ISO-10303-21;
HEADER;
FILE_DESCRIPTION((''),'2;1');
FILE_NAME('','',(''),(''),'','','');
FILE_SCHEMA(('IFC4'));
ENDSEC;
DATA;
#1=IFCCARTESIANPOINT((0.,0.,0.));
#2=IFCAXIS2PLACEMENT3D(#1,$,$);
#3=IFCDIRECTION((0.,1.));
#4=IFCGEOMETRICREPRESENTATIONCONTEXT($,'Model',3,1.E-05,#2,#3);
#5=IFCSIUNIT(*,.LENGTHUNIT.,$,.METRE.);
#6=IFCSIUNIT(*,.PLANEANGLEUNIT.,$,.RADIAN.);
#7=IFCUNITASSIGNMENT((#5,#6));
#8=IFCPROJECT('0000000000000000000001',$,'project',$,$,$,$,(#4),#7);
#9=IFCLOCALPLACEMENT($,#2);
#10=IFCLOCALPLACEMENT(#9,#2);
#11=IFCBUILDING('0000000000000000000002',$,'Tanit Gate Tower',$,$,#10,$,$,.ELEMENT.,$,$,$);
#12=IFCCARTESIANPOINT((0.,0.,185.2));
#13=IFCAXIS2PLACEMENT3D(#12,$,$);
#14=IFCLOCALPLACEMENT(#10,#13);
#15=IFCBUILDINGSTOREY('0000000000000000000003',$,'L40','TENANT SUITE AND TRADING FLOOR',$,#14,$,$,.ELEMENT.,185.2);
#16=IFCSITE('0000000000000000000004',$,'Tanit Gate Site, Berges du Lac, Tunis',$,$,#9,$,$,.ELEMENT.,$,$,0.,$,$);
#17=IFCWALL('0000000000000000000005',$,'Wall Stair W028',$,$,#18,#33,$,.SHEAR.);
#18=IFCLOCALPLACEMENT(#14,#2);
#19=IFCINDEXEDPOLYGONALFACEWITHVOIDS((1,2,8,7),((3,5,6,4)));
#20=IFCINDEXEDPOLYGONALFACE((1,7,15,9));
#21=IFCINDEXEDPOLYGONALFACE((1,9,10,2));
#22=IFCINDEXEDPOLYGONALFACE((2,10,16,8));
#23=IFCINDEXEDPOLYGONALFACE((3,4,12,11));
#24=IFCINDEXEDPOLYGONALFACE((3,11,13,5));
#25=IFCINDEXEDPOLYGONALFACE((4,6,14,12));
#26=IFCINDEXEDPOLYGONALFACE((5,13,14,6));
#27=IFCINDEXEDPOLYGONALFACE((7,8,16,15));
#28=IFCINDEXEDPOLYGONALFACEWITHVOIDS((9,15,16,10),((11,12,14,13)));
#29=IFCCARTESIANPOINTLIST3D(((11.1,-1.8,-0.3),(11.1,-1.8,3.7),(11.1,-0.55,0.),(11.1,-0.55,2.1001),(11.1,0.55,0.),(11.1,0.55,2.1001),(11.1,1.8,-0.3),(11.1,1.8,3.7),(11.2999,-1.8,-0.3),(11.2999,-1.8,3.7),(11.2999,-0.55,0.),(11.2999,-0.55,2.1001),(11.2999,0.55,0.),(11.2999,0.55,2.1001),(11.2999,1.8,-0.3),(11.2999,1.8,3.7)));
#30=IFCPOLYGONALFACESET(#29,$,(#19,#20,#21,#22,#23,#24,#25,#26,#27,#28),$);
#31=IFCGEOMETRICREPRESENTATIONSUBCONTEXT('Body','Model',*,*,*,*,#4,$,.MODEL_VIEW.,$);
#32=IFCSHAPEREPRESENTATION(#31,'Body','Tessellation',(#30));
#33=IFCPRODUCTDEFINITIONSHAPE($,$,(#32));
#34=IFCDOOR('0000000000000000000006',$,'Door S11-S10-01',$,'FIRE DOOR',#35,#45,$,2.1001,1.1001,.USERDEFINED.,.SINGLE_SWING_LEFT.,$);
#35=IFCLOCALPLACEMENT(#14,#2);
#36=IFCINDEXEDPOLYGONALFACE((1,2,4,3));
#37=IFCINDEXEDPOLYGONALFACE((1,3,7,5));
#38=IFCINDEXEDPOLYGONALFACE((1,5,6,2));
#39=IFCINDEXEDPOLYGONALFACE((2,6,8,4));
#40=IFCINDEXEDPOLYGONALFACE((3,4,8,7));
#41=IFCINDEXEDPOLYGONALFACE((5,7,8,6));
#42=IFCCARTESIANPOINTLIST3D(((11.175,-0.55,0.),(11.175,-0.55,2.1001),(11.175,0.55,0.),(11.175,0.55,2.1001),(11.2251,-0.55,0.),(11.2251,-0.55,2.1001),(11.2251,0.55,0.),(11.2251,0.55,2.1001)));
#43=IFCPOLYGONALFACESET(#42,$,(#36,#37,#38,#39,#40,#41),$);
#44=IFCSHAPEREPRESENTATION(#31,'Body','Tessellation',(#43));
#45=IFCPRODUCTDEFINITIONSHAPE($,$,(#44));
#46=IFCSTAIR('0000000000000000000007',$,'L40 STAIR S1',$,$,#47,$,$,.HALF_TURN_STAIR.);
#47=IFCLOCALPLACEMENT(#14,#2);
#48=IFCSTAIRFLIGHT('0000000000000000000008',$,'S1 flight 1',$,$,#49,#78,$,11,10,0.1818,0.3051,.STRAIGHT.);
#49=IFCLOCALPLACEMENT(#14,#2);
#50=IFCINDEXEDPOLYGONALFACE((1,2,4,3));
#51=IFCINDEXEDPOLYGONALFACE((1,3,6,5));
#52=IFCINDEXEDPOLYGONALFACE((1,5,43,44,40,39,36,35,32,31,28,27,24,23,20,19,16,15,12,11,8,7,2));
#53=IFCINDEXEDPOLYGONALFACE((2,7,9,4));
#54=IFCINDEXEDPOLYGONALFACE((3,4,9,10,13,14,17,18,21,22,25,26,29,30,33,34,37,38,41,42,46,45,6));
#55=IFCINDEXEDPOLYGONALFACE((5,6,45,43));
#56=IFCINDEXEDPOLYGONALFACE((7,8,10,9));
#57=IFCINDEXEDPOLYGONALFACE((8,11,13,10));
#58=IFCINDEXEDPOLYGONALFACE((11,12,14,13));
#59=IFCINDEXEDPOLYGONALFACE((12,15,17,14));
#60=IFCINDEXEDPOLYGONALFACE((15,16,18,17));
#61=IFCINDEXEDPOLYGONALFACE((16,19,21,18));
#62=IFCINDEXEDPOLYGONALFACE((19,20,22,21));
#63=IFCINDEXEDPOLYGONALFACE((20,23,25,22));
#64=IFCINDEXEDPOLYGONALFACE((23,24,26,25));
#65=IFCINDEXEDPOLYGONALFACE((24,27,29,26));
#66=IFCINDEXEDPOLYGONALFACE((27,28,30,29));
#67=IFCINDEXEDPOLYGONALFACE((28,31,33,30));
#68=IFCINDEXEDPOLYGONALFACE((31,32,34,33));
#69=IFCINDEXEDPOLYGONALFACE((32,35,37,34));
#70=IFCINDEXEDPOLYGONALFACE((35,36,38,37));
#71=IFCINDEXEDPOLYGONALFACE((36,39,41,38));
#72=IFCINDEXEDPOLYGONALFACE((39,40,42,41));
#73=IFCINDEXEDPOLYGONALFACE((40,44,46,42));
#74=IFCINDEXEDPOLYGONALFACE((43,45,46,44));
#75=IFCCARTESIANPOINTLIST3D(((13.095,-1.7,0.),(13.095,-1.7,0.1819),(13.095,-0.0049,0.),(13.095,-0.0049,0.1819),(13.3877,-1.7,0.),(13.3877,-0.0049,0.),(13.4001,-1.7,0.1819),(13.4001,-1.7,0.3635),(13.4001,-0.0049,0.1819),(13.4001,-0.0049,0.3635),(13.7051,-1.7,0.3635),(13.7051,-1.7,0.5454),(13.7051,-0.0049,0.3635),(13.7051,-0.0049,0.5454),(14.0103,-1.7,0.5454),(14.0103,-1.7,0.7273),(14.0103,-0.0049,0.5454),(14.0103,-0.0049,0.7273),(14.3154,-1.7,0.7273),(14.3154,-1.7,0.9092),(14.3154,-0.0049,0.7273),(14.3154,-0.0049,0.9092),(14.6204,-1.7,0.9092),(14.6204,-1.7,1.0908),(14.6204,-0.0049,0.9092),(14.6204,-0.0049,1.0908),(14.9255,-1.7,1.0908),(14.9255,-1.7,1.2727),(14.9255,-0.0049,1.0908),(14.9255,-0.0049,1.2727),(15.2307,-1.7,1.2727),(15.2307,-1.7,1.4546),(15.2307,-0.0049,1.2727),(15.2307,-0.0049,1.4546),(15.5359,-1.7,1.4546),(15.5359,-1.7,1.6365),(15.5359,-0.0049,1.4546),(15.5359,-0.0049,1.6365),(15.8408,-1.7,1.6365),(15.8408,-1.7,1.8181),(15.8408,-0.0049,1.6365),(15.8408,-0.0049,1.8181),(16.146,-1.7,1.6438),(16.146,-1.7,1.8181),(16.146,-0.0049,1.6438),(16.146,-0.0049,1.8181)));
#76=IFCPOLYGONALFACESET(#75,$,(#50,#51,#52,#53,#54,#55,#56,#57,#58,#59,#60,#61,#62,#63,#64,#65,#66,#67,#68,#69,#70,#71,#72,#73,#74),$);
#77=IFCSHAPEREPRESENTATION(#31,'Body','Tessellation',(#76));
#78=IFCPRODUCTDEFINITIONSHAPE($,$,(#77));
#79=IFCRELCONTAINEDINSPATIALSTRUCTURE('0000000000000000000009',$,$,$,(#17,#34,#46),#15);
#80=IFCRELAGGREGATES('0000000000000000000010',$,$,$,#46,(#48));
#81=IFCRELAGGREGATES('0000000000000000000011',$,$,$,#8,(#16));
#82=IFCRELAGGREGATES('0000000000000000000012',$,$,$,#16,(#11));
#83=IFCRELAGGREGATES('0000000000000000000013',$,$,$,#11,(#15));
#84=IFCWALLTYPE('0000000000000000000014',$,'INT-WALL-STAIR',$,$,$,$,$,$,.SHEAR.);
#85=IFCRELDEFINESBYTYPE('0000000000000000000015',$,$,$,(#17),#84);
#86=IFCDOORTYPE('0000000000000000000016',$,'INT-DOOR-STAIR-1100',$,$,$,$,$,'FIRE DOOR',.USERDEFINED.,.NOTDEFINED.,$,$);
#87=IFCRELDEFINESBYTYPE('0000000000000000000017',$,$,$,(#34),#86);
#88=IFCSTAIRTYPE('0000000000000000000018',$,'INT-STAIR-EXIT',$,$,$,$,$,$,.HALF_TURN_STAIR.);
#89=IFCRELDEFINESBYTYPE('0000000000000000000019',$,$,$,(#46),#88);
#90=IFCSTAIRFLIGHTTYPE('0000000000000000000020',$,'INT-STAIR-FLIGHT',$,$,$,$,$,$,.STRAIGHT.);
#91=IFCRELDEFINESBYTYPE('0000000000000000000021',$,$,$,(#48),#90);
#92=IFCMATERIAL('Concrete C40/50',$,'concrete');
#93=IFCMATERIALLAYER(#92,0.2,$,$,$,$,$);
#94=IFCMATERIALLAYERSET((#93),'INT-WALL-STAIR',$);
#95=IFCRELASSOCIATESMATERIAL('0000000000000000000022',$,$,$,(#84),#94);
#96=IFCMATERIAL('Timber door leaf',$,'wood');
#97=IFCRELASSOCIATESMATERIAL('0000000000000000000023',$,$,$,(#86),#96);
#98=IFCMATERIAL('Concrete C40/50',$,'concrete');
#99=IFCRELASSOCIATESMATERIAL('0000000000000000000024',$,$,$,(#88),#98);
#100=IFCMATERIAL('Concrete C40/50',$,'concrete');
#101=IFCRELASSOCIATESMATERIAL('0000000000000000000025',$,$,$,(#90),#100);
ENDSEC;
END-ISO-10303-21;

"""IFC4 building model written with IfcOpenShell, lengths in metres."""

from ifc_helpers import new_model, si_unit, direction, frame, frame_2d, origin, place, context, subcontext, project, spatial, polyline, rectangle, outline, extrude, material, layer, layer_set, type_object, element, fill, aggregate, save


model = new_model("IFC4")

# Units and contexts
model_context = context("Model", 3, precision=1e-05, world=origin(), true_north=direction((0.0, 1.0)))
body_context = subcontext(model_context, "Body", "Model", "MODEL_VIEW")
ifc_project = project(units=[si_unit("LENGTHUNIT", "METRE"), si_unit("PLANEANGLEUNIT", "RADIAN")], contexts=[model_context])

# Site, building, storey
site_placement = place(None, origin())
site = spatial("IfcSite", under=ifc_project, at=site_placement, Name="Tanit Gate Site, Berges du Lac, Tunis", CompositionType="ELEMENT", RefElevation=0.0)
building_placement = place(site_placement, origin())
building = spatial("IfcBuilding", under=site, at=building_placement, Name="Tanit Gate Tower", CompositionType="ELEMENT")
storey_placement = place(building_placement, frame((0.0, 0.0, 185.2)))
storey = spatial("IfcBuildingStorey", under=building, at=storey_placement, Name="L40", Description="TENANT SUITE AND TRADING FLOOR", CompositionType="ELEMENT", Elevation=185.2)

# Shared definitions
ifc_material_1 = material(Name="Concrete C40/50", Category="concrete")
ifc_layer_1 = layer(ifc_material_1, 0.2)
ifc_layer_set_1 = layer_set([ifc_layer_1], Name="INT-WALL-STAIR")
wall_type_1 = type_object("IfcWallType", Name="INT-WALL-STAIR", PredefinedType="SHEAR", material=ifc_layer_set_1)

# Wall, opening, door
wall_1_placement = place(storey_placement, frame((11.2, -1.8, -0.3), z_axis=(0.0, 0.0, 1.0), x_axis=(0.0, 1.0, 0.0)))
wall_1 = element("IfcWall", 1, at=wall_1_placement, inside=storey, type_object=wall_type_1, Name="Wall Stair W028", PredefinedType="SHEAR", context=body_context, shape_type="SweptSolid", body=[
    extrude(rectangle(XDim=3.6001, YDim=0.2, at=frame_2d((1.8, 0.0))), origin(), (0.0, 0.0, 1.0), 4.0),
])
opening_1_placement = place(wall_1_placement, frame((1.25, 0.0, 0.3)))
opening_1 = element("IfcOpeningElement", 2, at=opening_1_placement, cuts=wall_1, PredefinedType="OPENING", context=body_context, shape_type="SweptSolid", body=[
    extrude(rectangle(XDim=1.1001, YDim=2.1001, at=frame_2d((0.55, 1.05))), frame((0.0, 0.1099, 0.0), z_axis=(0.0, -1.0, 0.0), x_axis=(1.0, 0.0, 0.0)), (0.0, 0.0, 1.0), 0.22),
])
ifc_material_2 = material(Name="Timber door leaf", Category="wood")
door_type_1 = type_object("IfcDoorType", Name="INT-DOOR-STAIR-1100", ElementType="FIRE DOOR", OperationType="NOTDEFINED", PredefinedType="USERDEFINED", material=ifc_material_2)
door_1_placement = place(opening_1_placement, origin())
door_1 = element("IfcDoor", 3, at=door_1_placement, inside=storey, type_object=door_type_1, Name="Door S11-S10-01", ObjectType="FIRE DOOR", OperationType="SINGLE_SWING_LEFT", OverallHeight=2.1001, OverallWidth=1.1001, PredefinedType="USERDEFINED", context=body_context, shape_type="SweptSolid", body=[
    extrude(rectangle(XDim=1.1001, YDim=2.1001, at=frame_2d((0.55, 1.05))), frame((0.0, 0.0249, 0.0), z_axis=(0.0, -1.0, 0.0), x_axis=(1.0, 0.0, 0.0)), (0.0, 0.0, 1.0), 0.05),
])
fill(opening_1, door_1)

# Stair, stair flight
ifc_material_3 = material(Name="Concrete C40/50", Category="concrete")
stair_type = type_object("IfcStairType", Name="INT-STAIR-EXIT", PredefinedType="HALF_TURN_STAIR", material=ifc_material_3)
stair_placement = place(storey_placement, origin())
stair = element("IfcStair", 4, at=stair_placement, inside=storey, type_object=stair_type, Name="L40 STAIR S1", PredefinedType="HALF_TURN_STAIR")
ifc_material_4 = material(Name="Concrete C40/50", Category="concrete")
stair_flight_type = type_object("IfcStairFlightType", Name="INT-STAIR-FLIGHT", PredefinedType="STRAIGHT", material=ifc_material_4)
stair_flight_placement = place(storey_placement, frame((13.095, -0.8525, 0.0), z_axis=(0.0, 0.0, 1.0), x_axis=(1.0, 0.0, 0.0)))
stair_flight = element("IfcStairFlight", 5, at=stair_flight_placement, type_object=stair_flight_type, Name="S1 flight 1", NumberOfRisers=11, NumberOfTreads=10, PredefinedType="STRAIGHT", RiserHeight=0.1818, TreadLength=0.3051, context=body_context, shape_type="SweptSolid", body=[
    extrude(outline(polyline([(0.0, 0.0), (0.0, 0.1819), (0.3052, 0.1819), (0.3052, 0.3635), (0.6101, 0.3635), (0.6101, 0.5454), (0.9153, 0.5454), (0.9153, 0.7273), (1.2205, 0.7273), (1.2205, 0.9092), (1.5254, 0.9092), (1.5254, 1.0908), (1.8306, 1.0908), (1.8306, 1.2727), (2.1357, 1.2727), (2.1357, 1.4546), (2.4409, 1.4546), (2.4409, 1.6365), (2.7458, 1.6365), (2.7458, 1.8181), (3.051, 1.8181), (3.051, 2.0), (3.051, 1.6438), (0.2927, 0.0), (0.0, 0.0)])), frame((0.0, 0.8477, 0.0), z_axis=(0.0, -1.0, 0.0), x_axis=(1.0, 0.0, 0.0)), (0.0, 0.0, 1.0), 1.6951),
])
aggregate(stair, [stair_flight])

save(model, "model.ifc")
